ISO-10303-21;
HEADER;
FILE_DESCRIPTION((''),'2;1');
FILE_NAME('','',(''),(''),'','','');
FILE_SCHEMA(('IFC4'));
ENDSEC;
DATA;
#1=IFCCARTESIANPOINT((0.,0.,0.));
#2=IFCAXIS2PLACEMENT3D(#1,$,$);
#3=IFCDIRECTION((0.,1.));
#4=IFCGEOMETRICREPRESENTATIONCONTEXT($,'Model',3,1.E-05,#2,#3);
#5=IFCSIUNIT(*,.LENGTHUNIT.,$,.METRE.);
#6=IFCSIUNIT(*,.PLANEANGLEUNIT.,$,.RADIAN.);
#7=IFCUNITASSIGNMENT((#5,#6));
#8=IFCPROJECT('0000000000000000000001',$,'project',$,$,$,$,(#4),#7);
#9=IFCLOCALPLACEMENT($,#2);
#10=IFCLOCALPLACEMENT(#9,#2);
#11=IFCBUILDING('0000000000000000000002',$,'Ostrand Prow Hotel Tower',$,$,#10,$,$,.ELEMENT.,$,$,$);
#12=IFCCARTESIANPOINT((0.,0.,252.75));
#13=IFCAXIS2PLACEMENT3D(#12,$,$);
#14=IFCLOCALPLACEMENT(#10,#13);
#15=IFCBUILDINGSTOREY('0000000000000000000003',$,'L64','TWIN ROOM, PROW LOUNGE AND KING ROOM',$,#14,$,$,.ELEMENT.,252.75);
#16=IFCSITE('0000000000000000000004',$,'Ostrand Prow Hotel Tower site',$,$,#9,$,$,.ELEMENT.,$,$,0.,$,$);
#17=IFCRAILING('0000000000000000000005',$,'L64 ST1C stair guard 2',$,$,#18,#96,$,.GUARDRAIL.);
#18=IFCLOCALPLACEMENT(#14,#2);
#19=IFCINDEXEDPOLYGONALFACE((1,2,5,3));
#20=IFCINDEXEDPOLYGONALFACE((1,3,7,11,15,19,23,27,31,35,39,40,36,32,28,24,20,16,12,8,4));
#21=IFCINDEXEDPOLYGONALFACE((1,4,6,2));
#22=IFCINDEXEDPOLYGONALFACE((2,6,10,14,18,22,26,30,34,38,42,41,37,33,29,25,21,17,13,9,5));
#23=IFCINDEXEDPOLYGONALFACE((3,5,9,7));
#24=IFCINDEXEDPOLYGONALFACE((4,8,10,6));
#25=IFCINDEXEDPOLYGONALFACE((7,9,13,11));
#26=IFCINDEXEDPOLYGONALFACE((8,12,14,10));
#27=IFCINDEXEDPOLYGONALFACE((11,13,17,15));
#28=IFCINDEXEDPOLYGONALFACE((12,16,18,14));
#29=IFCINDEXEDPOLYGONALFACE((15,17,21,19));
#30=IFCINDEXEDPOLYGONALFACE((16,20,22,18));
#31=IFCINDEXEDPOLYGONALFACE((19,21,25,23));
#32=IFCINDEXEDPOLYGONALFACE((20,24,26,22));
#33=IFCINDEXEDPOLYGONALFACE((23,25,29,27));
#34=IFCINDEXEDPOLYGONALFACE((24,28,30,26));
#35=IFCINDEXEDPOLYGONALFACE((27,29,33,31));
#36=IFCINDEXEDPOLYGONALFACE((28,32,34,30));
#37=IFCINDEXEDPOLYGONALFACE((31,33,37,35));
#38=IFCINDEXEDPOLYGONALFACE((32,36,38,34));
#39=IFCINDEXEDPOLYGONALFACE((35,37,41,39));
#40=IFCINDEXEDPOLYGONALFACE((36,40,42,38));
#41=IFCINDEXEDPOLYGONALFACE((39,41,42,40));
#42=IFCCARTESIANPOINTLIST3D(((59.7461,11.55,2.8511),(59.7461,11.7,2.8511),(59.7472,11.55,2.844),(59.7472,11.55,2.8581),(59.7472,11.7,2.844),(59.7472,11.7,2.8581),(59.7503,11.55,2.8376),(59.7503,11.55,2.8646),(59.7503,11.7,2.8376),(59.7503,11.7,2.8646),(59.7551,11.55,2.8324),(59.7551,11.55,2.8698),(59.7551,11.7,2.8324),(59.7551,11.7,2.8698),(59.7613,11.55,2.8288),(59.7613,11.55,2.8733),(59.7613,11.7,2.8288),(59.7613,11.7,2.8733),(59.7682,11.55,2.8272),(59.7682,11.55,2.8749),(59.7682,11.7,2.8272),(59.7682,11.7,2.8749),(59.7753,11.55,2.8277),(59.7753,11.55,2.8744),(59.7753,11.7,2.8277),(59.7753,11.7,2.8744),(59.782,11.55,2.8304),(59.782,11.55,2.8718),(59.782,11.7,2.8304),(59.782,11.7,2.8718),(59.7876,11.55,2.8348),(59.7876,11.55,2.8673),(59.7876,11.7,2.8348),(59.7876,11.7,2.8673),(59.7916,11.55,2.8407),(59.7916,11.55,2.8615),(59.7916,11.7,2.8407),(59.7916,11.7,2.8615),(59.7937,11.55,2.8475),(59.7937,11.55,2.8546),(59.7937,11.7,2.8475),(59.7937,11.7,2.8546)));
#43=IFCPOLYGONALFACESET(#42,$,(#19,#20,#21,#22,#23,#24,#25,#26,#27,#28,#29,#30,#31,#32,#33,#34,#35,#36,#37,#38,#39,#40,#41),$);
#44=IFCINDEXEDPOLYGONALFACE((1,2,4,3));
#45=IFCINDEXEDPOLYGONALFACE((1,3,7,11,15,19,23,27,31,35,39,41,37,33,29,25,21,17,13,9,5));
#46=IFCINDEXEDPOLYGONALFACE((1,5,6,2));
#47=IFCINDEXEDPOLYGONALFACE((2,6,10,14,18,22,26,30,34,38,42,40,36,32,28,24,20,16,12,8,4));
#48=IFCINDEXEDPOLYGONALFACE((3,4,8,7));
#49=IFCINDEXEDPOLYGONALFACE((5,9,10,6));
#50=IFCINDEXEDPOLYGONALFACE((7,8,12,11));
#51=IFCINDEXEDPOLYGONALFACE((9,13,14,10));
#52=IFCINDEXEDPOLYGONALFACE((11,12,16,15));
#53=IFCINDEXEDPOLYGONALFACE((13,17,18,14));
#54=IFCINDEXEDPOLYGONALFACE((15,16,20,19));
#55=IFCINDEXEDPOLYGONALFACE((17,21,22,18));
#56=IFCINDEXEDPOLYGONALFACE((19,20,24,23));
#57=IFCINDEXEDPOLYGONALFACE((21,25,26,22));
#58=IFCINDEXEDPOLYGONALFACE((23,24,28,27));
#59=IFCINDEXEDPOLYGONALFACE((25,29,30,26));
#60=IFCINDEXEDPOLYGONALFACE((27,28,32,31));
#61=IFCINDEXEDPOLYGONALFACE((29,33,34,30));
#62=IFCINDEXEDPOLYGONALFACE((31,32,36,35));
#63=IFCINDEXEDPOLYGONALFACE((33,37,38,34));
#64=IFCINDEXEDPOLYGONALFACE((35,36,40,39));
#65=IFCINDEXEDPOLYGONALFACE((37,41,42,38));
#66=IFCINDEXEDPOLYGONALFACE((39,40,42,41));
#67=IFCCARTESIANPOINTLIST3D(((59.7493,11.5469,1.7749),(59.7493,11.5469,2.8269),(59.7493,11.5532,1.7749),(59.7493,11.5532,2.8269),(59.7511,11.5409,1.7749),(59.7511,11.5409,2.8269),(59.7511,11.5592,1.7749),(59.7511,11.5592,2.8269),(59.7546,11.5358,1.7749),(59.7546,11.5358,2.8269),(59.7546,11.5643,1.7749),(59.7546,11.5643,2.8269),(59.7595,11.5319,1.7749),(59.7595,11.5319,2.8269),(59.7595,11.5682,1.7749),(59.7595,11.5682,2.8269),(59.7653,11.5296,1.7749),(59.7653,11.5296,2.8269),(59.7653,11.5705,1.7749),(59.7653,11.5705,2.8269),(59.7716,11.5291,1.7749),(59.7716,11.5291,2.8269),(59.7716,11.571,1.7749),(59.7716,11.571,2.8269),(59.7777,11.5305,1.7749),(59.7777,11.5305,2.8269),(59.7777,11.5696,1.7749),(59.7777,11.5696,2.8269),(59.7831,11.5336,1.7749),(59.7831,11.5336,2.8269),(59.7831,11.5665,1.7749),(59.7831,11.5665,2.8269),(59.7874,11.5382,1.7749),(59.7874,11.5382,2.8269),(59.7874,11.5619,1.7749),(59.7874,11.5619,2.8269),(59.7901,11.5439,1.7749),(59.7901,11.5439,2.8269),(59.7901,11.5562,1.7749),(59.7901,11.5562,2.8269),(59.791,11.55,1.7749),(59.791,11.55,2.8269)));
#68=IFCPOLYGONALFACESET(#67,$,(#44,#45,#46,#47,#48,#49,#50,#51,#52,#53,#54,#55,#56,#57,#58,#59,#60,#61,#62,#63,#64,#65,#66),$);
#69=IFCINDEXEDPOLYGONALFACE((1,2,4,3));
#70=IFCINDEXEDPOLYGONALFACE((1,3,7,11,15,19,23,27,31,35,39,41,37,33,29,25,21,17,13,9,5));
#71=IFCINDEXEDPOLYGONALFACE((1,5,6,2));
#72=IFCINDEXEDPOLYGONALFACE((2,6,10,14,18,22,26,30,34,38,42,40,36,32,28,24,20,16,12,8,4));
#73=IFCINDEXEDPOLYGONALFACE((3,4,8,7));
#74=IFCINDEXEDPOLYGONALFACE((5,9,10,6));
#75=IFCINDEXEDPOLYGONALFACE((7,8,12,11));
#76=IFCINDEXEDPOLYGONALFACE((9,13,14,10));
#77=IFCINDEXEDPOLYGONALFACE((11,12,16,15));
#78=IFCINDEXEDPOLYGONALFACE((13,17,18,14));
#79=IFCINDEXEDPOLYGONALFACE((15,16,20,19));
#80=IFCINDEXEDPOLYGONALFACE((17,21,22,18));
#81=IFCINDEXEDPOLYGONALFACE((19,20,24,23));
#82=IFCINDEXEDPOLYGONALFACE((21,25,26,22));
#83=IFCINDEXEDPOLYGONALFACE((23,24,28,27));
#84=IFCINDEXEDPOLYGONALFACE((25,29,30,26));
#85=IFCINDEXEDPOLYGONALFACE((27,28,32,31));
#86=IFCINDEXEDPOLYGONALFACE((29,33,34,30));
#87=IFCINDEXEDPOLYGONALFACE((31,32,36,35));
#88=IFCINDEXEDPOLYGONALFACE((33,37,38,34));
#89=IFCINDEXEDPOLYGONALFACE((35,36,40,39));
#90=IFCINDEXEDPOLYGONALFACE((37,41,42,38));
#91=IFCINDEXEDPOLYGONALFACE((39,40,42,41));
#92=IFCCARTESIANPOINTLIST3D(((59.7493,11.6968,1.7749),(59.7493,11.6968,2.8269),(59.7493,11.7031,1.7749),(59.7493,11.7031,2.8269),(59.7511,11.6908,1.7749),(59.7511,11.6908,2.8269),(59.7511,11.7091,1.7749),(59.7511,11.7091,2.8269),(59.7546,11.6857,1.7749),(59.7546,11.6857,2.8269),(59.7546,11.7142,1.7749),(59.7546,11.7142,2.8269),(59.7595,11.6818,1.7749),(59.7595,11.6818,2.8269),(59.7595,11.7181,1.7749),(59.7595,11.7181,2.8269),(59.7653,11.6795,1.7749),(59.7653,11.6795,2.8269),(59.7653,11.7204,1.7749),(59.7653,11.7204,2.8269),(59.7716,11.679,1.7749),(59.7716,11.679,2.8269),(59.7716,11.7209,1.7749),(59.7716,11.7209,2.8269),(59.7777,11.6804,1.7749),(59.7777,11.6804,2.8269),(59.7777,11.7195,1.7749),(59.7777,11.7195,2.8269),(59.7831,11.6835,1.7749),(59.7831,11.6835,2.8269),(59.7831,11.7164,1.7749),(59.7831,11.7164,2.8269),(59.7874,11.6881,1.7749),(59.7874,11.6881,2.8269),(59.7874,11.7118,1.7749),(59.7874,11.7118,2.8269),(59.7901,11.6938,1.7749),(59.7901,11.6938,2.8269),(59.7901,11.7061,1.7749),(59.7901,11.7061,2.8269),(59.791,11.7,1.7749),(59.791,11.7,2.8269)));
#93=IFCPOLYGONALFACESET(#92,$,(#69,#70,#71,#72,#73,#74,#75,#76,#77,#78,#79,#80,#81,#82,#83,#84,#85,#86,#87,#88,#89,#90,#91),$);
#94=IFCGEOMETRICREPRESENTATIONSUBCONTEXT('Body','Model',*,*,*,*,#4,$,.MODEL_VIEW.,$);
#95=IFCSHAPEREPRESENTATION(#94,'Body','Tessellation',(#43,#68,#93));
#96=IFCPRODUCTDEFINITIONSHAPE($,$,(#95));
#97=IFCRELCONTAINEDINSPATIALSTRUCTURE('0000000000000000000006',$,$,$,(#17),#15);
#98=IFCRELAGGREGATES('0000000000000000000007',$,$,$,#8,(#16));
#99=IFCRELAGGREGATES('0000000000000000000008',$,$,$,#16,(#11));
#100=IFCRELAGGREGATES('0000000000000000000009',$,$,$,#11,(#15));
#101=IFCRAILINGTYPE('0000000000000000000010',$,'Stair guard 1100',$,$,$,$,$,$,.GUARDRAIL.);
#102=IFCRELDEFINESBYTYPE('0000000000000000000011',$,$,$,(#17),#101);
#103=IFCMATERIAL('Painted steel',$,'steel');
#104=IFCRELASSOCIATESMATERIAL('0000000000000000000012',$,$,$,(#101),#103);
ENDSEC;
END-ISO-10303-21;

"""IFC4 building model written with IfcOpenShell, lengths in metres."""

from ifc_helpers import new_model, si_unit, direction, frame, origin, origin_2d, place, context, subcontext, project, spatial, circle, extrude, material, type_object, element, save


model = new_model("IFC4")

# Units and contexts
model_context = context("Model", 3, precision=1e-05, world=origin(), true_north=direction((0.0, 1.0)))
body_context = subcontext(model_context, "Body", "Model", "MODEL_VIEW")
ifc_project = project(units=[si_unit("LENGTHUNIT", "METRE"), si_unit("PLANEANGLEUNIT", "RADIAN")], contexts=[model_context])

# Site, building, storey
site_placement = place(None, origin())
site = spatial("IfcSite", under=ifc_project, at=site_placement, Name="Ostrand Prow Hotel Tower site", CompositionType="ELEMENT", RefElevation=0.0)
building_placement = place(site_placement, origin())
building = spatial("IfcBuilding", under=site, at=building_placement, Name="Ostrand Prow Hotel Tower", CompositionType="ELEMENT")
storey_placement = place(building_placement, frame((0.0, 0.0, 252.75)))
storey = spatial("IfcBuildingStorey", under=building, at=storey_placement, Name="L64", Description="TWIN ROOM, PROW LOUNGE AND KING ROOM", CompositionType="ELEMENT", Elevation=252.75)

# Railing
ifc_material_1 = material(Name="Painted steel", Category="steel")
railing_type_1 = type_object("IfcRailingType", Name="Stair guard 1100", PredefinedType="GUARDRAIL", material=ifc_material_1)
railing_1_placement = place(storey_placement, frame((59.77, 11.55, 1.7749)))
element("IfcRailing", 1, at=railing_1_placement, inside=storey, type_object=railing_type_1, Name="L64 ST1C stair guard 2", PredefinedType="GUARDRAIL", context=body_context, shape_type="SweptSolid", body=[
    extrude(circle(Radius=0.0239, at=origin_2d()), frame((0.0, 0.0, 1.0762), z_axis=(0.0, 1.0, 0.0), x_axis=(-1.0, 0.0, 0.0)), (0.0, 0.0, 1.0), 0.1499),
    extrude(circle(Radius=0.021, at=origin_2d()), origin(), (0.0, 0.0, 1.0), 1.052),
    extrude(circle(Radius=0.021, at=origin_2d()), frame((0.0, 0.1499, 0.0)), (0.0, 0.0, 1.0), 1.052),
])

save(model, "model.ifc")
